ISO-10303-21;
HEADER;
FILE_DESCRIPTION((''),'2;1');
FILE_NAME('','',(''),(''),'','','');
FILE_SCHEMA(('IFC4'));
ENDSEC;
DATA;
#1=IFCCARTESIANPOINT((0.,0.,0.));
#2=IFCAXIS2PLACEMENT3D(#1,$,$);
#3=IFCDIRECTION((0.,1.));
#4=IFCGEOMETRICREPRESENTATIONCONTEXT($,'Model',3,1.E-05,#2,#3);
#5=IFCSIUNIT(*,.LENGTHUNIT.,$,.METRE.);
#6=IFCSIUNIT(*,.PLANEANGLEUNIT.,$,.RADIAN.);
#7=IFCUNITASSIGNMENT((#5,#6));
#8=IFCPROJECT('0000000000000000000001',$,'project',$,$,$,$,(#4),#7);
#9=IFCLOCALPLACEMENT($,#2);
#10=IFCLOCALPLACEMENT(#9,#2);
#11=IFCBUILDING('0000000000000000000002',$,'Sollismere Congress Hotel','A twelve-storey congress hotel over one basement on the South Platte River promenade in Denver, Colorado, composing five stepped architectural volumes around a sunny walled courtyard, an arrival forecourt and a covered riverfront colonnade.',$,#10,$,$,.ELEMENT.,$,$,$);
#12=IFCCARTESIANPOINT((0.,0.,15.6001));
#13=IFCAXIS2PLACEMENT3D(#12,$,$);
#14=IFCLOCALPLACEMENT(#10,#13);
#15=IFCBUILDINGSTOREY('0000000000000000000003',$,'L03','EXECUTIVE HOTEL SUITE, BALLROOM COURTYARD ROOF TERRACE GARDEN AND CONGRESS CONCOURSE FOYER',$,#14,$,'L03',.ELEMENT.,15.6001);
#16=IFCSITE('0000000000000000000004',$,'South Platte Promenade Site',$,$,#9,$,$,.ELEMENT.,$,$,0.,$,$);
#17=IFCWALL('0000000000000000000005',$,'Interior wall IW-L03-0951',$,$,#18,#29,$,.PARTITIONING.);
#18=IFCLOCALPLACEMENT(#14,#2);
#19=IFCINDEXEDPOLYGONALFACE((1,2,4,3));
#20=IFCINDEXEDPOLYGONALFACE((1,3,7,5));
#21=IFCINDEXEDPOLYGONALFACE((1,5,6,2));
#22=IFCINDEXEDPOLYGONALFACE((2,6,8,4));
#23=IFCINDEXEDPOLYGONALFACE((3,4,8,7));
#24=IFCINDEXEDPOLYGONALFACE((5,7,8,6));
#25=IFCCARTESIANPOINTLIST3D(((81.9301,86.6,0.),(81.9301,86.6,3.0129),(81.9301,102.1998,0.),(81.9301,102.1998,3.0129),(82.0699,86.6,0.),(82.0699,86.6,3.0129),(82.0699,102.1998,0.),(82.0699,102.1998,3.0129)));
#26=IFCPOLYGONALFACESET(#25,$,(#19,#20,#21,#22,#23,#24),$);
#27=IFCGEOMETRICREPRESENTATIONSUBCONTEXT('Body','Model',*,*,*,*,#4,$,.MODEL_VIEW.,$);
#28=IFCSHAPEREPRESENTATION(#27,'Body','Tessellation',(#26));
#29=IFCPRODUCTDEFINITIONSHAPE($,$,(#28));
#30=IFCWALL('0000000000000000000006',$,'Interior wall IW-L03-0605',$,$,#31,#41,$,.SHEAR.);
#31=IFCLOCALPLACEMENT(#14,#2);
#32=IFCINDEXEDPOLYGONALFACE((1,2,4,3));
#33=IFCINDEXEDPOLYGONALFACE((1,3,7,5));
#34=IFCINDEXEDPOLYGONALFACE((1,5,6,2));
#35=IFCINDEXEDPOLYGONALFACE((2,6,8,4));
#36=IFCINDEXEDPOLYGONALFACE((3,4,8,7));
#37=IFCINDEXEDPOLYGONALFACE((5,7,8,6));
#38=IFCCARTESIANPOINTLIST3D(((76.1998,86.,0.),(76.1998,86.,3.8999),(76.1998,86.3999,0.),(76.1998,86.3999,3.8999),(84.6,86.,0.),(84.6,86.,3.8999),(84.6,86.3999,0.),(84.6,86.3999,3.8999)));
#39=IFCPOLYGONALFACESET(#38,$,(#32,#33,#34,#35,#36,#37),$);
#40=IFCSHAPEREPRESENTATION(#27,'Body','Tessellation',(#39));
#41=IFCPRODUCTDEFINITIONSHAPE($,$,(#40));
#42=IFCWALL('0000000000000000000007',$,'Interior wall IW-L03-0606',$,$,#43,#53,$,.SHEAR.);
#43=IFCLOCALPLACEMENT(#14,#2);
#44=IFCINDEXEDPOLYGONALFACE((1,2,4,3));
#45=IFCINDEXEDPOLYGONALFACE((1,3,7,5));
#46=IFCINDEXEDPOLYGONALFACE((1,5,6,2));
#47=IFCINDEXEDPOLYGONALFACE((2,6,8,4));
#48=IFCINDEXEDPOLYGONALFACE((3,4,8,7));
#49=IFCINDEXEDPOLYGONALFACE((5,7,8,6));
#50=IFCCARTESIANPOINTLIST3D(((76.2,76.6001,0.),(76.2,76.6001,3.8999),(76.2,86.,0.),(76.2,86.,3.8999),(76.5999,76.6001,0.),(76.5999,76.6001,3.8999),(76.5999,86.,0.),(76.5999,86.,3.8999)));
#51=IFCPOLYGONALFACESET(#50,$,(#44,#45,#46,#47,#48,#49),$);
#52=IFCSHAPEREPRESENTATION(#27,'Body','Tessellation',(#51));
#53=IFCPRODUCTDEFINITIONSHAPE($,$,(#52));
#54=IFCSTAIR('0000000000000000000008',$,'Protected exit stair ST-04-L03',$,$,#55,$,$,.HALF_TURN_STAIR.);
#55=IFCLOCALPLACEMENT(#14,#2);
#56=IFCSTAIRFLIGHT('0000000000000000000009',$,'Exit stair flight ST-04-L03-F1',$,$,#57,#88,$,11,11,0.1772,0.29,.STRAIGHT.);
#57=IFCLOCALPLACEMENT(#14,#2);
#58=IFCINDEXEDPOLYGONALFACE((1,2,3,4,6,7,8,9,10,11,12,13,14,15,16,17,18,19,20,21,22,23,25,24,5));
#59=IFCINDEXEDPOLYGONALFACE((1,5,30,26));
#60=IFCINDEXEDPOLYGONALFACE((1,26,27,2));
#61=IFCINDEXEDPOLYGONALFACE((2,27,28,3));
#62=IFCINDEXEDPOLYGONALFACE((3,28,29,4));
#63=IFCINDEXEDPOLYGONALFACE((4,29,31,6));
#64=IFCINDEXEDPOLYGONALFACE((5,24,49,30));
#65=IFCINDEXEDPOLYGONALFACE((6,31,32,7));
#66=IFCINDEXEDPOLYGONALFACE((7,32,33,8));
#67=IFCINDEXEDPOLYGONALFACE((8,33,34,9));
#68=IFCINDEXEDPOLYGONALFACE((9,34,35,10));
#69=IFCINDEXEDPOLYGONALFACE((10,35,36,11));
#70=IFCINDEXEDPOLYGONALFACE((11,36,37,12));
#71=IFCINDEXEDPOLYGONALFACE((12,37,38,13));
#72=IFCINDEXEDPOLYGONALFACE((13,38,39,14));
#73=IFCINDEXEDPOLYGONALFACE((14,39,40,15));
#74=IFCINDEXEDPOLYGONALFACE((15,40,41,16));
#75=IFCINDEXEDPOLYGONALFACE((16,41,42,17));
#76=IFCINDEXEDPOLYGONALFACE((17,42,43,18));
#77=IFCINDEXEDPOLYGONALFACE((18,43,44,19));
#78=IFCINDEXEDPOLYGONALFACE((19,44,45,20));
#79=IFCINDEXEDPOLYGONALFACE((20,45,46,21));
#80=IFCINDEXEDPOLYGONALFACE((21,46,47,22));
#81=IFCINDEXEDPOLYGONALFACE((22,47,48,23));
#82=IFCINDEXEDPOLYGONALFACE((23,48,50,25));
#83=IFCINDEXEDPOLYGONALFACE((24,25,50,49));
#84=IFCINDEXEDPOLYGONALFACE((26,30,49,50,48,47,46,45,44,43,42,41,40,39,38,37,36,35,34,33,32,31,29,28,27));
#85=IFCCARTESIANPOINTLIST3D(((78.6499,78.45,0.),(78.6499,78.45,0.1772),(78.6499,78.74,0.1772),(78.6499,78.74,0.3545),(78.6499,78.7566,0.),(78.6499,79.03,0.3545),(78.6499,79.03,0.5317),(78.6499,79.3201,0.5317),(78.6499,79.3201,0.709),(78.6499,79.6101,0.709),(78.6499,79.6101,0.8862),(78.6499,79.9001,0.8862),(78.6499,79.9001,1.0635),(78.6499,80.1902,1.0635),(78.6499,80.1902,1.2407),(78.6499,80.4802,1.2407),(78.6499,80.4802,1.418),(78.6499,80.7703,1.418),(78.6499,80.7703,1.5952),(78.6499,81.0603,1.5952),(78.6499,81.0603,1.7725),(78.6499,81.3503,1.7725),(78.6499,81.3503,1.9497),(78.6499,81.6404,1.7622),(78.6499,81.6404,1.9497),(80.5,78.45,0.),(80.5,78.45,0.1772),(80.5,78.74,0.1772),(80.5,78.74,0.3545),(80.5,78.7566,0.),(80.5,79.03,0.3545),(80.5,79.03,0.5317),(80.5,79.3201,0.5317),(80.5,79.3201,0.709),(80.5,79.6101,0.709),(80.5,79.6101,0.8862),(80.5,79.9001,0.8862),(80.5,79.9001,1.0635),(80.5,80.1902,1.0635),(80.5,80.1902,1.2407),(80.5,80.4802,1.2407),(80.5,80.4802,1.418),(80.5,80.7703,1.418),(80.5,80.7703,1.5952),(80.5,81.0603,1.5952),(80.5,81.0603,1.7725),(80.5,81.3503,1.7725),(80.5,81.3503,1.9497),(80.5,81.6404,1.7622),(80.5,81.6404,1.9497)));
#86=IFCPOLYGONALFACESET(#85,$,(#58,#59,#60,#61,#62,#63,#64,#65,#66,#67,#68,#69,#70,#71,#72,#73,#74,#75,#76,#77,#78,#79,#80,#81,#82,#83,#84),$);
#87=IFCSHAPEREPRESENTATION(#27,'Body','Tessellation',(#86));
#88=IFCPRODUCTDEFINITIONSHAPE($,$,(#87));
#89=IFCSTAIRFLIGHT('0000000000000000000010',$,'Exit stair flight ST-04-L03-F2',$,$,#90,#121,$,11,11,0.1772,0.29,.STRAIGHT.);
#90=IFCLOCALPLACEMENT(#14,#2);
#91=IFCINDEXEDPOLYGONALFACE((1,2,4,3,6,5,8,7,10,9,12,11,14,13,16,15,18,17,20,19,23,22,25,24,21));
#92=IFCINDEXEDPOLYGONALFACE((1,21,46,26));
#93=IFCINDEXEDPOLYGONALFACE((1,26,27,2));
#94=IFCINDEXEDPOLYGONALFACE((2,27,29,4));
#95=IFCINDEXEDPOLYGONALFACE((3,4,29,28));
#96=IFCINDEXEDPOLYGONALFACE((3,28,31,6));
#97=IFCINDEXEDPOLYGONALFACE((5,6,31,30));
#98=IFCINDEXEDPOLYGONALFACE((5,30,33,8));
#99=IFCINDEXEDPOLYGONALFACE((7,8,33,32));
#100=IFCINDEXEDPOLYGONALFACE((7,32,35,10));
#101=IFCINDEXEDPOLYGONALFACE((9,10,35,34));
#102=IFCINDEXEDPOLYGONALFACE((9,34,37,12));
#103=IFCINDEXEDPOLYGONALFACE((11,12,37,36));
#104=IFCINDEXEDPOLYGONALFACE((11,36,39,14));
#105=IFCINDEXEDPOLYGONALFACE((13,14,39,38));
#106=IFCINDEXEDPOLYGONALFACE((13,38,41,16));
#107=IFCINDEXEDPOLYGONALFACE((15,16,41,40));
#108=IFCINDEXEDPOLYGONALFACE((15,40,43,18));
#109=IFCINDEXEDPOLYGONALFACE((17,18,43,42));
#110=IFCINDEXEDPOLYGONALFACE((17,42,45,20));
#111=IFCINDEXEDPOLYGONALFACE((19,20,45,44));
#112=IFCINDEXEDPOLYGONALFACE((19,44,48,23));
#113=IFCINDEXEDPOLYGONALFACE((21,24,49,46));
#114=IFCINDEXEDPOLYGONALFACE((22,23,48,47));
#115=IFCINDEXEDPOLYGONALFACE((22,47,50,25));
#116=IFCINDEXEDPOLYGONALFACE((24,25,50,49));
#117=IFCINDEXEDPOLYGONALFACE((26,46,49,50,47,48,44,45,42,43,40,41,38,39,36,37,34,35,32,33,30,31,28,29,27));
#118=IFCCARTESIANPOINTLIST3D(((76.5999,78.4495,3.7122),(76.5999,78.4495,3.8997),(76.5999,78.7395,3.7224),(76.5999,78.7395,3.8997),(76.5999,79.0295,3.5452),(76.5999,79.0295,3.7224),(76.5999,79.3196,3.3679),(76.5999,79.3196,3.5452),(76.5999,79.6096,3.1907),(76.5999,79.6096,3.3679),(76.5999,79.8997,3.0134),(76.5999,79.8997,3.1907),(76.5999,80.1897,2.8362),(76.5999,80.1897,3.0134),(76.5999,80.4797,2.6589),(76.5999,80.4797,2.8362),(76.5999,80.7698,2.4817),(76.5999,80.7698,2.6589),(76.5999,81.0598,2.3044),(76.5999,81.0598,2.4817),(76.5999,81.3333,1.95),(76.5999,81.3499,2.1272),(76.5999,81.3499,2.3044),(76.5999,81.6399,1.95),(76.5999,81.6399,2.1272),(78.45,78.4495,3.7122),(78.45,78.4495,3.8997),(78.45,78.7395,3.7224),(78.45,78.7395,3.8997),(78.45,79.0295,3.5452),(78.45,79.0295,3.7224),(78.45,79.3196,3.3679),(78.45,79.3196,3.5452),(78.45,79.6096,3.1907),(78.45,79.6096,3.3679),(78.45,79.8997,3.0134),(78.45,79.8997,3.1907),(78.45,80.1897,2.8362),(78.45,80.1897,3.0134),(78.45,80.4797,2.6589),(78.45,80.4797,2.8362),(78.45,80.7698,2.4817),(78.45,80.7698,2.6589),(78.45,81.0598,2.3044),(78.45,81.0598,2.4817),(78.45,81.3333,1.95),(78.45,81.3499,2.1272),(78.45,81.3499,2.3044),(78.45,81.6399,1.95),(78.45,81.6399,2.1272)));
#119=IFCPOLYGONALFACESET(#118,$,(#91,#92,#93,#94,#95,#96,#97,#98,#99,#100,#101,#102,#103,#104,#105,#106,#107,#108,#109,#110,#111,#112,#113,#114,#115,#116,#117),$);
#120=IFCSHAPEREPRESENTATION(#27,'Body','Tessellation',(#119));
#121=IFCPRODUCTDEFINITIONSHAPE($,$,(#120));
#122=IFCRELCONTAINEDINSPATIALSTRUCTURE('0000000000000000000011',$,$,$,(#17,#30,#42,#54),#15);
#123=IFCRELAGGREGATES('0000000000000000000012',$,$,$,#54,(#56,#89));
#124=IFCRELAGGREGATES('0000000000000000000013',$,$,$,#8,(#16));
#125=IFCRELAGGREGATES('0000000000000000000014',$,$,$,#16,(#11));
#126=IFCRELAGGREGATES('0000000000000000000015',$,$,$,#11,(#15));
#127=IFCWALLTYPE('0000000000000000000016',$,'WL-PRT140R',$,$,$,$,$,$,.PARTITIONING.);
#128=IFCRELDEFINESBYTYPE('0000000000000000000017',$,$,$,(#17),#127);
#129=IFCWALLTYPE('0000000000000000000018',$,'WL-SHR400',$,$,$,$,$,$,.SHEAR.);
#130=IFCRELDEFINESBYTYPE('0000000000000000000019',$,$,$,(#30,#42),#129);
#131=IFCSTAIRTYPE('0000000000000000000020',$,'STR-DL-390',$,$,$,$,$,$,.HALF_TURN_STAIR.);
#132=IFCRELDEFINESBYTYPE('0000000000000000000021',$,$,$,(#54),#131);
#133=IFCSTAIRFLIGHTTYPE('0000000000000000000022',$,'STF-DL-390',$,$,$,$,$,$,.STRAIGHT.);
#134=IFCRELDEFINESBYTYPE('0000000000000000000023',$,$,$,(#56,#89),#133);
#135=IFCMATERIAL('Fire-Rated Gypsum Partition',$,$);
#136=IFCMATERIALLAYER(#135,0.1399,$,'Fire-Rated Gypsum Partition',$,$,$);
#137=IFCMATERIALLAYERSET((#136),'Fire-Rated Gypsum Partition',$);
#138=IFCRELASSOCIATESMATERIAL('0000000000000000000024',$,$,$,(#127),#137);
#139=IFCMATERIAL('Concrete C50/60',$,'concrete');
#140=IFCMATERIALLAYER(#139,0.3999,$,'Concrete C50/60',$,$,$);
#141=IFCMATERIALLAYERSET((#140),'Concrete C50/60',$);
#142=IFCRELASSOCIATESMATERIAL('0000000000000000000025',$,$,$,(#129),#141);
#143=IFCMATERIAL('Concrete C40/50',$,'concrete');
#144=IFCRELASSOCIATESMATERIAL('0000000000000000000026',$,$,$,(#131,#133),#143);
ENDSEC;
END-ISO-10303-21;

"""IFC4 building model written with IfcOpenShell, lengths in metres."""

from ifc_helpers import new_model, si_unit, direction, frame, frame_2d, origin, place, context, subcontext, project, spatial, polyline, rectangle, outline, extrude, material, layer, layer_set, type_object, element, aggregate, save


model = new_model("IFC4")

# Units and contexts
model_context = context("Model", 3, precision=1e-05, world=origin(), true_north=direction((0.0, 1.0)))
body_context = subcontext(model_context, "Body", "Model", "MODEL_VIEW")
ifc_project = project(units=[si_unit("LENGTHUNIT", "METRE"), si_unit("PLANEANGLEUNIT", "RADIAN")], contexts=[model_context])

# Site, building, storey
site_placement = place(None, origin())
site = spatial("IfcSite", under=ifc_project, at=site_placement, Name="South Platte Promenade Site", CompositionType="ELEMENT", RefElevation=0.0)
building_placement = place(site_placement, origin())
building = spatial("IfcBuilding", under=site, at=building_placement, Name="Sollismere Congress Hotel", Description="A twelve-storey congress hotel over one basement on the South Platte River promenade in Denver, Colorado, composing five stepped architectural volumes around a sunny walled courtyard, an arrival forecourt and a covered riverfront colonnade.", CompositionType="ELEMENT")
storey_placement = place(building_placement, frame((0.0, 0.0, 15.6001)))
storey = spatial("IfcBuildingStorey", under=building, at=storey_placement, Name="L03", Description="EXECUTIVE HOTEL SUITE, BALLROOM COURTYARD ROOF TERRACE GARDEN AND CONGRESS CONCOURSE FOYER", LongName="L03", CompositionType="ELEMENT", Elevation=15.6001)

# Shared definitions
ifc_material_1 = material(Name="Fire-Rated Gypsum Partition")
ifc_layer_1 = layer(ifc_material_1, 0.1399, Name="Fire-Rated Gypsum Partition")
ifc_layer_set_1 = layer_set([ifc_layer_1], Name="Fire-Rated Gypsum Partition")
wall_type_1 = type_object("IfcWallType", Name="WL-PRT140R", PredefinedType="PARTITIONING", material=ifc_layer_set_1)

# Walls
wall_1_placement = place(storey_placement, frame((82.0, 86.6001, 0.0), z_axis=(0.0, 0.0, 1.0), x_axis=(0.0, 1.0, 0.0)))
element("IfcWall", 1, at=wall_1_placement, inside=storey, type_object=wall_type_1, Name="Interior wall IW-L03-0951", PredefinedType="PARTITIONING", context=body_context, shape_type="SweptSolid", body=[
    extrude(rectangle(XDim=15.5999, YDim=0.1399, at=frame_2d((7.7998, 0.0))), origin(), (0.0, 0.0, 1.0), 3.0129),
])
ifc_material_2 = material(Name="Concrete C50/60", Category="concrete")
ifc_layer_2 = layer(ifc_material_2, 0.3999, Name="Concrete C50/60")
ifc_layer_set_2 = layer_set([ifc_layer_2], Name="Concrete C50/60")
wall_type_2 = type_object("IfcWallType", Name="WL-SHR400", PredefinedType="SHEAR", material=ifc_layer_set_2)
wall_2_placement = place(storey_placement, frame((84.6001, 86.2, 0.0), z_axis=(0.0, 0.0, 1.0), x_axis=(-1.0, 0.0, 0.0)))
element("IfcWall", 2, at=wall_2_placement, inside=storey, type_object=wall_type_2, Name="Interior wall IW-L03-0605", PredefinedType="SHEAR", context=body_context, shape_type="SweptSolid", body=[
    extrude(rectangle(XDim=8.4001, YDim=0.3999, at=frame_2d((4.2002, 0.0))), origin(), (0.0, 0.0, 1.0), 3.8999),
])
wall_3_placement = place(storey_placement, frame((76.3999, 86.0, 0.0), z_axis=(0.0, 0.0, 1.0), x_axis=(0.0, -1.0, 0.0)))
element("IfcWall", 3, at=wall_3_placement, inside=storey, type_object=wall_type_2, Name="Interior wall IW-L03-0606", PredefinedType="SHEAR", context=body_context, shape_type="SweptSolid", body=[
    extrude(rectangle(XDim=9.3999, YDim=0.3999, at=frame_2d((4.7, 0.0))), origin(), (0.0, 0.0, 1.0), 3.8999),
])

# Stair, stair flights
ifc_material_3 = material(Name="Concrete C40/50", Category="concrete")
stair_type = type_object("IfcStairType", Name="STR-DL-390", PredefinedType="HALF_TURN_STAIR", material=ifc_material_3)
stair_placement = place(storey_placement, origin())
stair = element("IfcStair", 4, at=stair_placement, inside=storey, type_object=stair_type, Name="Protected exit stair ST-04-L03", PredefinedType="HALF_TURN_STAIR")
stair_flight_type = type_object("IfcStairFlightType", Name="STF-DL-390", PredefinedType="STRAIGHT", material=ifc_material_3)
stair_flight_1_placement = place(storey_placement, frame((79.575, 78.45, 0.0), z_axis=(0.0, 0.0, 1.0), x_axis=(0.0, 1.0, 0.0)))
stair_flight_1 = element("IfcStairFlight", 5, at=stair_flight_1_placement, type_object=stair_flight_type, Name="Exit stair flight ST-04-L03-F1", NumberOfRisers=11, NumberOfTreads=11, PredefinedType="STRAIGHT", RiserHeight=0.1772, TreadLength=0.29, context=body_context, shape_type="SweptSolid", body=[
    extrude(outline(polyline([(0.0, 0.0), (0.0, 0.1772), (0.29, 0.1772), (0.29, 0.3545), (0.5801, 0.3545), (0.5801, 0.5317), (0.8701, 0.5317), (0.8701, 0.709), (1.1602, 0.709), (1.1602, 0.8862), (1.4502, 0.8862), (1.4502, 1.0635), (1.7402, 1.0635), (1.7402, 1.2407), (2.0303, 1.2407), (2.0303, 1.418), (2.3203, 1.418), (2.3203, 1.5952), (2.6104, 1.5952), (2.6104, 1.7725), (2.9004, 1.7725), (2.9004, 1.9497), (3.1904, 1.9497), (3.1904, 1.7622), (0.3066, 0.0), (0.0, 0.0)])), frame((0.0, 0.925, 0.0), z_axis=(0.0, -1.0, 0.0), x_axis=(1.0, 0.0, 0.0)), (0.0, 0.0, 1.0), 1.8501),
])
stair_flight_2_placement = place(storey_placement, frame((77.5249, 81.6399, 1.95), z_axis=(0.0, 0.0, 1.0), x_axis=(0.0, -1.0, 0.0)))
stair_flight_2 = element("IfcStairFlight", 6, at=stair_flight_2_placement, type_object=stair_flight_type, Name="Exit stair flight ST-04-L03-F2", NumberOfRisers=11, NumberOfTreads=11, PredefinedType="STRAIGHT", RiserHeight=0.1772, TreadLength=0.29, context=body_context, shape_type="SweptSolid", body=[
    extrude(outline(polyline([(0.0, 0.0), (0.0, 0.1772), (0.29, 0.1772), (0.29, 0.3545), (0.5801, 0.3545), (0.5801, 0.5317), (0.8701, 0.5317), (0.8701, 0.709), (1.1602, 0.709), (1.1602, 0.8862), (1.4502, 0.8862), (1.4502, 1.0635), (1.7402, 1.0635), (1.7402, 1.2407), (2.0303, 1.2407), (2.0303, 1.418), (2.3203, 1.418), (2.3203, 1.5952), (2.6104, 1.5952), (2.6104, 1.7725), (2.9004, 1.7725), (2.9004, 1.9497), (3.1904, 1.9497), (3.1904, 1.7622), (0.3066, 0.0), (0.0, 0.0)])), frame((0.0, 0.925, 0.0), z_axis=(0.0, -1.0, 0.0), x_axis=(1.0, 0.0, 0.0)), (0.0, 0.0, 1.0), 1.8501),
])
aggregate(stair, [stair_flight_1, stair_flight_2])

save(model, "model.ifc")
